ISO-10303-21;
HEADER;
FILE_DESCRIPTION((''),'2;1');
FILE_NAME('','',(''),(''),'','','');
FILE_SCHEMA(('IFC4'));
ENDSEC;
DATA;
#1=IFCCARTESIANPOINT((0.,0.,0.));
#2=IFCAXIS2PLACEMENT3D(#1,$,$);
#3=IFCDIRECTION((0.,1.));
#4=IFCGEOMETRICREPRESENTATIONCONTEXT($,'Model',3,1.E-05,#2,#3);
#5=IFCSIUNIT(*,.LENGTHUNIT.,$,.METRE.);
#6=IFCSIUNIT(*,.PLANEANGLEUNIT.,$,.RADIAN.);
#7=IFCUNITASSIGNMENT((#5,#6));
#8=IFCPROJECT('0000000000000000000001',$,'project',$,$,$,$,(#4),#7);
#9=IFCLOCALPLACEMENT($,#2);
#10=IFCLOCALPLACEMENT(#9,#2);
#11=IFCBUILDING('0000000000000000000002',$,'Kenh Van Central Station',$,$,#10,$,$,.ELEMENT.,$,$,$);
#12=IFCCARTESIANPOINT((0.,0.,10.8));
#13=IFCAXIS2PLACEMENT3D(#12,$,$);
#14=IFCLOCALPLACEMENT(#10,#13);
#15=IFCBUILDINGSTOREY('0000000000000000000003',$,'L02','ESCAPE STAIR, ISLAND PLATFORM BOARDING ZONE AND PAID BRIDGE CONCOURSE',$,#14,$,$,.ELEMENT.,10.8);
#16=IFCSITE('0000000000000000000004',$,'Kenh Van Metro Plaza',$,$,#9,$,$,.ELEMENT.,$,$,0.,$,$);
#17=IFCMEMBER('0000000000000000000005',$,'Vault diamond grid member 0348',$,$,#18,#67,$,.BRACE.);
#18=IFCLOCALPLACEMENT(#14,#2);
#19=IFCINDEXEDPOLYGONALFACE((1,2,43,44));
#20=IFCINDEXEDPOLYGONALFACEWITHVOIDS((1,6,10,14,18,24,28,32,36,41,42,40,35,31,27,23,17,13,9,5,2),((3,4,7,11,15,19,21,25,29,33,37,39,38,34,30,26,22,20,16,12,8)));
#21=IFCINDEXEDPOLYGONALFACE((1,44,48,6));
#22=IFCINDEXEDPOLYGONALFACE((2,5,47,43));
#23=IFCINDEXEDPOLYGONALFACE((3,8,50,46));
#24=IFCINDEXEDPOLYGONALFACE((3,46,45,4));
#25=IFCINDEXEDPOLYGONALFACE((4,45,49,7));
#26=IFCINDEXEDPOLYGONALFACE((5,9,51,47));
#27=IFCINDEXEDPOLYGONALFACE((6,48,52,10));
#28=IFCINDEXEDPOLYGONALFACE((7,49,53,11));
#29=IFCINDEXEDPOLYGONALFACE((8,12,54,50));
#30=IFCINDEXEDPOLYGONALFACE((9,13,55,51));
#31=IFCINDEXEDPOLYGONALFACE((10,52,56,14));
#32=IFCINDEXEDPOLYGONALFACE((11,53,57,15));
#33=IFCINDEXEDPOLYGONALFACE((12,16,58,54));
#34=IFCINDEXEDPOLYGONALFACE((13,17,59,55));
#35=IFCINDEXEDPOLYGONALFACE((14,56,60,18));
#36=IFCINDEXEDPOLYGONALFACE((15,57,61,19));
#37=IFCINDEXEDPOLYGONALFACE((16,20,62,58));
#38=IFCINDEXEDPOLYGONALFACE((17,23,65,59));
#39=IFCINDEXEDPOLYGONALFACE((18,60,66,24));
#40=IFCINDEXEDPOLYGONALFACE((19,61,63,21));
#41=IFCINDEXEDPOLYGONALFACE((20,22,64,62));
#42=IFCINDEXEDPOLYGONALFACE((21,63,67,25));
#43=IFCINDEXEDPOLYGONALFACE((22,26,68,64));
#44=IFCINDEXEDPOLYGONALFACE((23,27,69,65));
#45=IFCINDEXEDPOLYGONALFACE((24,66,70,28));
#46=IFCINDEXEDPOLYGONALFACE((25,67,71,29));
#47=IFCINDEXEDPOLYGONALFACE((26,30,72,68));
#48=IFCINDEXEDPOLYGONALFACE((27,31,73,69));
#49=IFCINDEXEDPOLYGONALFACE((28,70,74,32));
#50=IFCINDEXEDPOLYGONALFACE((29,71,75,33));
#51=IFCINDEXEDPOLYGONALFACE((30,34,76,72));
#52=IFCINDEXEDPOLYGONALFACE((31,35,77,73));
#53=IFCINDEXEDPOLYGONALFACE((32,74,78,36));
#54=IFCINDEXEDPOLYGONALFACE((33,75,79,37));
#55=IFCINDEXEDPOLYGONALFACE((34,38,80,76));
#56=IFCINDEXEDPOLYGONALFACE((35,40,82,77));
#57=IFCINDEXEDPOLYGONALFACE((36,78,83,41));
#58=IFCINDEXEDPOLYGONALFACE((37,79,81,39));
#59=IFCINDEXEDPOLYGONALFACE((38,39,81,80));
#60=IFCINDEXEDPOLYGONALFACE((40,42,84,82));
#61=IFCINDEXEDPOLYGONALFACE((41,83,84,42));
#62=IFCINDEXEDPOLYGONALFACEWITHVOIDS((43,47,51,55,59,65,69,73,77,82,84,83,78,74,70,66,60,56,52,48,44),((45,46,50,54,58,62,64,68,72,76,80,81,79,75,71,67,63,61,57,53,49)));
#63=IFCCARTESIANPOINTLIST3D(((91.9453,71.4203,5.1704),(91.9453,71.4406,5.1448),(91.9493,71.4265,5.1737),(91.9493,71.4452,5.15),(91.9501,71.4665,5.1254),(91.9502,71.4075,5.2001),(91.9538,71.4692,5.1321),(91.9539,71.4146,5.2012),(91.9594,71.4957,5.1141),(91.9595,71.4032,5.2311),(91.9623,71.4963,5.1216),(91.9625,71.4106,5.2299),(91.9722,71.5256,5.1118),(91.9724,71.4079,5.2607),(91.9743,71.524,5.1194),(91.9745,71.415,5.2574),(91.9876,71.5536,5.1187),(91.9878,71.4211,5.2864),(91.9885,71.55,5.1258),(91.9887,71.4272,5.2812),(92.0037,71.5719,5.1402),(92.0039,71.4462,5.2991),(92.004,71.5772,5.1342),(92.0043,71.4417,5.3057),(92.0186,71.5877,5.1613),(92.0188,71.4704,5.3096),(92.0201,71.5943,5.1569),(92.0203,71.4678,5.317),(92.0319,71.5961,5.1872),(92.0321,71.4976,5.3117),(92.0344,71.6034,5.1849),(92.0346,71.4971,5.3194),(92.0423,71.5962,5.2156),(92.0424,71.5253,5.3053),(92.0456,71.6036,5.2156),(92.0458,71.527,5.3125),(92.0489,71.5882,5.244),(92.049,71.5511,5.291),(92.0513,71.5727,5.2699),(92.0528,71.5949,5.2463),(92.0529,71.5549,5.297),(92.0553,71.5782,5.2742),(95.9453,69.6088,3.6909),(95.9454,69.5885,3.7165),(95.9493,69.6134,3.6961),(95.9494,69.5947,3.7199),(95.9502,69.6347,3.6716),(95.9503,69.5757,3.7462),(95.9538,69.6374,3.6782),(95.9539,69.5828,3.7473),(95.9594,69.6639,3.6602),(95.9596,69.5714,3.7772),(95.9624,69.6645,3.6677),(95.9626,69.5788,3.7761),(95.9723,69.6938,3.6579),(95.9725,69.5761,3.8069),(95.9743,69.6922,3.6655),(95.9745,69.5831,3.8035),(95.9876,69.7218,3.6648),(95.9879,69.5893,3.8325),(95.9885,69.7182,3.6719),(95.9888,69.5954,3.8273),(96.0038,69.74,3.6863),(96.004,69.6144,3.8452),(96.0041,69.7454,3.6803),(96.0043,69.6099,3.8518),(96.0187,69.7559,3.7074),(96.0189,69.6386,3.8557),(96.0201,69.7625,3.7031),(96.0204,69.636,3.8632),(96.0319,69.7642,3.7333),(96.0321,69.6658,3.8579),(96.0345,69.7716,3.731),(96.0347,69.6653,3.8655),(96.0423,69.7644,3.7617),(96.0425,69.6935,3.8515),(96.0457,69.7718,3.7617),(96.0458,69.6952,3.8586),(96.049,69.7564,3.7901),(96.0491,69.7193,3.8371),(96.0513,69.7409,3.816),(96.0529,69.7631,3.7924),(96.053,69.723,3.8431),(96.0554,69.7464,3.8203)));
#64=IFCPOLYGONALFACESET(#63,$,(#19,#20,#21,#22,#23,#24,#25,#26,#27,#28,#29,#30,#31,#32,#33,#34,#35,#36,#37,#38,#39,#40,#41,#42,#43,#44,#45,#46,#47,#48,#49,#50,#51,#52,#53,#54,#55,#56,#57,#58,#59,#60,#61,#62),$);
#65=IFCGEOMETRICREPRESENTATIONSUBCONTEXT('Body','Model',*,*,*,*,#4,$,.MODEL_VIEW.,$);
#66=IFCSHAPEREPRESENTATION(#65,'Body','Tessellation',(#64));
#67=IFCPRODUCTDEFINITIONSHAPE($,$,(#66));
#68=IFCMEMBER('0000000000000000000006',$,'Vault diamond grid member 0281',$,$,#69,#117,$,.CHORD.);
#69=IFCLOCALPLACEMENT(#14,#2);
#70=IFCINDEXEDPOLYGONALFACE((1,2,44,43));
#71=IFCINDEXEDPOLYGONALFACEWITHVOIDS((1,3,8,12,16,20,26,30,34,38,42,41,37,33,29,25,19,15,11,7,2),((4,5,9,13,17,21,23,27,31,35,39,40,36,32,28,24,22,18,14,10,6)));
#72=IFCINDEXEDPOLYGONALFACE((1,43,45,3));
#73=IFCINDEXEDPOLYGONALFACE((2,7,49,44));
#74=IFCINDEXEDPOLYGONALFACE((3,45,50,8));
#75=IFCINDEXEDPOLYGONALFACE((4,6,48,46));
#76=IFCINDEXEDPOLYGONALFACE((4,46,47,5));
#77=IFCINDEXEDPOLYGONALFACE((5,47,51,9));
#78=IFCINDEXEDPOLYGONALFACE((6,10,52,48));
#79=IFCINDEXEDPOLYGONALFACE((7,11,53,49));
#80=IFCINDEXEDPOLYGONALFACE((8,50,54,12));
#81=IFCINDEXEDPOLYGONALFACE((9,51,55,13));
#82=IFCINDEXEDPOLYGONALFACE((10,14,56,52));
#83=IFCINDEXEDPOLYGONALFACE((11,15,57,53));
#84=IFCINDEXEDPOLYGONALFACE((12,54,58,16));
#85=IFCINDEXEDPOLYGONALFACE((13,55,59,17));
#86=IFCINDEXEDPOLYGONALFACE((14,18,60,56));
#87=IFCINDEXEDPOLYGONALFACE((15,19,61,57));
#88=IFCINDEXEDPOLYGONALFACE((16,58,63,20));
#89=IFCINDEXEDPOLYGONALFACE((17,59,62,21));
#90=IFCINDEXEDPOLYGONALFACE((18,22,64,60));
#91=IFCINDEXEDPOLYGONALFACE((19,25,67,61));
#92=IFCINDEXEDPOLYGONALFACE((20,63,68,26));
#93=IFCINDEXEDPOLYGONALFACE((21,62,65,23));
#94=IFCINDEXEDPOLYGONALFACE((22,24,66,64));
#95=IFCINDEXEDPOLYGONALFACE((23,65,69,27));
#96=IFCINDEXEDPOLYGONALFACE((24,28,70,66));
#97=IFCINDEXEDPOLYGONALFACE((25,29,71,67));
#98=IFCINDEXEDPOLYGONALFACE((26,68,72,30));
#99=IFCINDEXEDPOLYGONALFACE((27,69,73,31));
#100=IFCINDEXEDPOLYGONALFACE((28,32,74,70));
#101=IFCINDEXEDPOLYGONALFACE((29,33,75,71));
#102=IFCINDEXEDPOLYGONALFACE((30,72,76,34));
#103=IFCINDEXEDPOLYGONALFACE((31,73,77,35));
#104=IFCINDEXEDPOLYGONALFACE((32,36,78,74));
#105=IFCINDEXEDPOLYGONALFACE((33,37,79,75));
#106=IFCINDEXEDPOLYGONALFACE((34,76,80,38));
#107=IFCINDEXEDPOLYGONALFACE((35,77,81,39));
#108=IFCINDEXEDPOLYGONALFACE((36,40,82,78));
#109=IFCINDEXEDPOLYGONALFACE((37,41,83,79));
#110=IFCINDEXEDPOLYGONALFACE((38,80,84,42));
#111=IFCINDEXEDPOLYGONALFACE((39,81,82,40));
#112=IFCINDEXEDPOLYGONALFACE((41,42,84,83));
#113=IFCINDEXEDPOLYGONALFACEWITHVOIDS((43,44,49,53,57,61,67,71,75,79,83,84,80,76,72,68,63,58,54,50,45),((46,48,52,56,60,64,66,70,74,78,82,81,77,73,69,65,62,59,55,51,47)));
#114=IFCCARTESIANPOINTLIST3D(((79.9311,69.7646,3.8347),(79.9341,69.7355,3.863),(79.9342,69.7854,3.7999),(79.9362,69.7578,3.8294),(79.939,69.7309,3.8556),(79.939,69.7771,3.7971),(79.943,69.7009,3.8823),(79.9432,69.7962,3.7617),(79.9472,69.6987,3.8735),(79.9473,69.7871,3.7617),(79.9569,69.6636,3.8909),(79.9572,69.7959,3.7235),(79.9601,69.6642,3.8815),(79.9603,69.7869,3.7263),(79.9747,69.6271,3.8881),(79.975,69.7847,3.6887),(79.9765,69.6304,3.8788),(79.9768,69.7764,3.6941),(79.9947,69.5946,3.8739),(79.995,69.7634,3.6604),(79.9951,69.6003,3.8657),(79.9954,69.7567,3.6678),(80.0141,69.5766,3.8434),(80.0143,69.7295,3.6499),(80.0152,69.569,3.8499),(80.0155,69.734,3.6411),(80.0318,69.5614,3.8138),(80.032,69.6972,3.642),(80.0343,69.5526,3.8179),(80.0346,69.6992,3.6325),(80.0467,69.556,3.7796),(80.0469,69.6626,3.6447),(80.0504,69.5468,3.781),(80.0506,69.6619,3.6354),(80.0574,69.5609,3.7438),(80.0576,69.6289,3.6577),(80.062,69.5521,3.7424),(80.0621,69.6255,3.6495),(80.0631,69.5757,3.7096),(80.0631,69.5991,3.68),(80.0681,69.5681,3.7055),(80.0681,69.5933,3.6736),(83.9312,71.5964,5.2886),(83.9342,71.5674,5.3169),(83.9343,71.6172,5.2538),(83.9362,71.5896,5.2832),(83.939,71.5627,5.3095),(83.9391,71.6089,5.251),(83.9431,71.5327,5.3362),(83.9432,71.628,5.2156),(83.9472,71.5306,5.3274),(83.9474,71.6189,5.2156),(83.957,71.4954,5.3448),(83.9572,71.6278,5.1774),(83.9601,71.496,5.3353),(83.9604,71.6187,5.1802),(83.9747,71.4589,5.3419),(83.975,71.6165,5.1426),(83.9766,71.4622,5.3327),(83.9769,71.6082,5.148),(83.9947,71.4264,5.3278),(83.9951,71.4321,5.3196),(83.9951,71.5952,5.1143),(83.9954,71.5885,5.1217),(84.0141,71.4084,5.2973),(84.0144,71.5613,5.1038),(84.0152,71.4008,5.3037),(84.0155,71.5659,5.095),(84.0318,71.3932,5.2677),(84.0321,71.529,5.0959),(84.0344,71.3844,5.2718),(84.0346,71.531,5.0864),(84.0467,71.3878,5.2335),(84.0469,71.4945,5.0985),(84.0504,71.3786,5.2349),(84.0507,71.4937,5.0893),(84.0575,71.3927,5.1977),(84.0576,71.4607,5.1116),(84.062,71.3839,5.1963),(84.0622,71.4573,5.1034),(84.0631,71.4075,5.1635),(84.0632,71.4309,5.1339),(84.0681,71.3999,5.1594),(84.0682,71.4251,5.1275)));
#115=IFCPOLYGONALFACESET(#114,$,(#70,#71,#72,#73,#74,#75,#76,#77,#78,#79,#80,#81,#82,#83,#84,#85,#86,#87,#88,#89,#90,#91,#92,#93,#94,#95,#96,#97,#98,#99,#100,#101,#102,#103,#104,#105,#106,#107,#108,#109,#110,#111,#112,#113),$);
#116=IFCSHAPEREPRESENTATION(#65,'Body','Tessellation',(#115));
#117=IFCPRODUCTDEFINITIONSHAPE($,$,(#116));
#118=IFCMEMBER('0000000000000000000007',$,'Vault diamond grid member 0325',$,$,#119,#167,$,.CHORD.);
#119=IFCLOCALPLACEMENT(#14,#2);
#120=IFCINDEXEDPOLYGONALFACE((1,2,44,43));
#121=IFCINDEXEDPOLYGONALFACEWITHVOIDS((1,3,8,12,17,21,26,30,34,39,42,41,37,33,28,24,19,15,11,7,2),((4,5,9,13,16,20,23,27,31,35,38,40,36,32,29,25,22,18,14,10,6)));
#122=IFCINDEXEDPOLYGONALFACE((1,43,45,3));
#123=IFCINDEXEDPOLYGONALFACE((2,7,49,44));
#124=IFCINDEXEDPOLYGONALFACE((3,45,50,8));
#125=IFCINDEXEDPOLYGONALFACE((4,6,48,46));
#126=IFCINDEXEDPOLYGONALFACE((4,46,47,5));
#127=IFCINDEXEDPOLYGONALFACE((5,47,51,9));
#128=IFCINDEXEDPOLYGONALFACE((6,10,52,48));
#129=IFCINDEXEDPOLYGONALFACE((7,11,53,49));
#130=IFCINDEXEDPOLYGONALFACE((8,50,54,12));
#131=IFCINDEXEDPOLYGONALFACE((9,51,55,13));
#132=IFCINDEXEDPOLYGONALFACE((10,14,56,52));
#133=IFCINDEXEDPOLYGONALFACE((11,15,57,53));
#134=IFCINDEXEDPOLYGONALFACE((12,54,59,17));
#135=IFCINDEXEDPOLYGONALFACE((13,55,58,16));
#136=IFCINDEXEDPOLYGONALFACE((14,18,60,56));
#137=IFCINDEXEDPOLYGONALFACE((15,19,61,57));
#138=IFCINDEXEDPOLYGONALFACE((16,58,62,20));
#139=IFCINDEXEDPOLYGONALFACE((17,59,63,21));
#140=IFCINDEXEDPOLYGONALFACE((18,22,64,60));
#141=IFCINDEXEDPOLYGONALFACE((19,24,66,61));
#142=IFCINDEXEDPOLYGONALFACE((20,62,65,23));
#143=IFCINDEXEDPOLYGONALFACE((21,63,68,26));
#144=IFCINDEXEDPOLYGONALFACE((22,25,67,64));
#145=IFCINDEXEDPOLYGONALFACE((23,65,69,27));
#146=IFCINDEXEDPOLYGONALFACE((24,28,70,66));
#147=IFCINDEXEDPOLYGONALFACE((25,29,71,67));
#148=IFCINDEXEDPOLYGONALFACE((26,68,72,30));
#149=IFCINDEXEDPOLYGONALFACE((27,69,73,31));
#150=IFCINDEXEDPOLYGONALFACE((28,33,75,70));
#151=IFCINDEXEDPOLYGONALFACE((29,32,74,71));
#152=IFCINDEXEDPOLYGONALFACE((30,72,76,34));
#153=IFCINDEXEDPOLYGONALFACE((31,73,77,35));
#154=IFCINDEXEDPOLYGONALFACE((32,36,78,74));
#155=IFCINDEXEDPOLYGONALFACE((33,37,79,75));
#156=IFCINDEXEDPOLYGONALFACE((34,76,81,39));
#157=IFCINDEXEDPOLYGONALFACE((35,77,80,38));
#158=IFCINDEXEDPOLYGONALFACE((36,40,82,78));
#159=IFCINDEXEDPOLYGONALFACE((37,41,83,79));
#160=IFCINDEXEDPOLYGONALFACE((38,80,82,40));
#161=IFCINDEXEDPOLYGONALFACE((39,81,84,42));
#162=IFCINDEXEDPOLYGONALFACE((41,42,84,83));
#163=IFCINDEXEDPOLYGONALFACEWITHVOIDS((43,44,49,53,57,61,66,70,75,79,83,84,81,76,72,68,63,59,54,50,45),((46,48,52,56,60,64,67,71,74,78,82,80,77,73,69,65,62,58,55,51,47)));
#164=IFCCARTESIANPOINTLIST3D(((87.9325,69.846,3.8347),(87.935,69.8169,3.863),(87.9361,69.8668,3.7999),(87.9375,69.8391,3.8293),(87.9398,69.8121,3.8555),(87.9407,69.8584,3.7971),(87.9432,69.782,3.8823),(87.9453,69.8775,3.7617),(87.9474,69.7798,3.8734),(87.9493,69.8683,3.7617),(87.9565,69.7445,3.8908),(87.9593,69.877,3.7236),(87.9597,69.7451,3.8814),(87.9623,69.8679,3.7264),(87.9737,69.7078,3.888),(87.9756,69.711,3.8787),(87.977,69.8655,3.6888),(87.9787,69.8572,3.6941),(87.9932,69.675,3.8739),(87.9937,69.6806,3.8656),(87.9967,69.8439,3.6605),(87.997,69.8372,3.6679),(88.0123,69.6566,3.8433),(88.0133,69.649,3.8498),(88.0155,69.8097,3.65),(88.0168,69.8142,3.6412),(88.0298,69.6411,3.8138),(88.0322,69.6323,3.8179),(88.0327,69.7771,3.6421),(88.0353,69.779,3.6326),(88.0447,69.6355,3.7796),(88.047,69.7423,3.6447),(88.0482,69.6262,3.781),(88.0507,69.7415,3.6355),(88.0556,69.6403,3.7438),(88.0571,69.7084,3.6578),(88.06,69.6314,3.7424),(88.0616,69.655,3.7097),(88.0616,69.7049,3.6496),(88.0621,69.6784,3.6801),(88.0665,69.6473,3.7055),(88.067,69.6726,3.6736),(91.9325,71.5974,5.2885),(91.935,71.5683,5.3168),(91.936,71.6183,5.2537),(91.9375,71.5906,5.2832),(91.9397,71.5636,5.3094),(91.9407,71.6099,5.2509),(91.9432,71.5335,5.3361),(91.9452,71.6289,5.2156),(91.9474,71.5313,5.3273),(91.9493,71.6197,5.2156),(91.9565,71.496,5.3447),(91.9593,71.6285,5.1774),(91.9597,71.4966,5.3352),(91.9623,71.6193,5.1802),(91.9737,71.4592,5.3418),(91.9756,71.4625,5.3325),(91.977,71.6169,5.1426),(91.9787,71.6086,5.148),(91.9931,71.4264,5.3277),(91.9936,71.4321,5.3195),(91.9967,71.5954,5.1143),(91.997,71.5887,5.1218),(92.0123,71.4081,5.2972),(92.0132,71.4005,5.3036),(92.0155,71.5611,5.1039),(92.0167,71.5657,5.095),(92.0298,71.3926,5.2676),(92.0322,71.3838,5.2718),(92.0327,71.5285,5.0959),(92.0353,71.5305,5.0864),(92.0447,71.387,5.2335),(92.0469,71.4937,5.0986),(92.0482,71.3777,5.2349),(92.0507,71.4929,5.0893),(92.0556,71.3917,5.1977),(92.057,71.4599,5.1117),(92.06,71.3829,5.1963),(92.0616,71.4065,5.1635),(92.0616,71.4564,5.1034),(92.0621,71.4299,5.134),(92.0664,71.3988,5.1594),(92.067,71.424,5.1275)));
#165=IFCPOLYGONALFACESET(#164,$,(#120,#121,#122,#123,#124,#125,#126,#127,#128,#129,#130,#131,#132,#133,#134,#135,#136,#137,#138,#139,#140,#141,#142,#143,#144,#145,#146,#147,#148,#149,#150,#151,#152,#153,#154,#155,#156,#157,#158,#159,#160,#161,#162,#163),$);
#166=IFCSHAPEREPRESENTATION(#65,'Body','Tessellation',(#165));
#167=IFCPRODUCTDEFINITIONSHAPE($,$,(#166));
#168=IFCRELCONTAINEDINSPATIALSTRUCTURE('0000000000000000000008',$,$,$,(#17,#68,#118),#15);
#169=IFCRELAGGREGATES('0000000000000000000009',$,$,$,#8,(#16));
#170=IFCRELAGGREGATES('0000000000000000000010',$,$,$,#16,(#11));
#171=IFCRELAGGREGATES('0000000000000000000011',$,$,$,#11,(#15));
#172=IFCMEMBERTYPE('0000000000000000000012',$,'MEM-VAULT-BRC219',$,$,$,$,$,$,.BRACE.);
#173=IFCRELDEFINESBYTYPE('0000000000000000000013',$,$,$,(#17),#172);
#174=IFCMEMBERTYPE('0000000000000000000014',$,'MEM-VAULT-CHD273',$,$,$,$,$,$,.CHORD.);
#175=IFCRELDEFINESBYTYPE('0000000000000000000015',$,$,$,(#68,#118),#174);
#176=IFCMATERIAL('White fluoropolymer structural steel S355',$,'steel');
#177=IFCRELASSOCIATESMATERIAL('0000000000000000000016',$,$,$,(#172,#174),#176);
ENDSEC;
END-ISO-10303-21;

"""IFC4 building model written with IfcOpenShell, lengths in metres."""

from ifc_helpers import new_model, si_unit, direction, frame, origin, origin_2d, place, context, subcontext, project, spatial, hollow_circle, extrude, material, material_profile, profile_set, type_object, element, save


model = new_model("IFC4")

# Units and contexts
model_context = context("Model", 3, precision=1e-05, world=origin(), true_north=direction((0.0, 1.0)))
body_context = subcontext(model_context, "Body", "Model", "MODEL_VIEW")
ifc_project = project(units=[si_unit("LENGTHUNIT", "METRE"), si_unit("PLANEANGLEUNIT", "RADIAN")], contexts=[model_context])

# Site, building, storey
site_placement = place(None, origin())
site = spatial("IfcSite", under=ifc_project, at=site_placement, Name="Kenh Van Metro Plaza", CompositionType="ELEMENT", RefElevation=0.0)
building_placement = place(site_placement, origin())
building = spatial("IfcBuilding", under=site, at=building_placement, Name="Kenh Van Central Station", CompositionType="ELEMENT")
storey_placement = place(building_placement, frame((0.0, 0.0, 10.8)))
storey = spatial("IfcBuildingStorey", under=building, at=storey_placement, Name="L02", Description="ESCAPE STAIR, ISLAND PLATFORM BOARDING ZONE AND PAID BRIDGE CONCOURSE", CompositionType="ELEMENT", Elevation=10.8)

# Shared definitions
ifc_material_1 = material(Name="White fluoropolymer structural steel S355", Category="steel")

# Members
ifc_material_profile_1 = material_profile(ifc_material_1, hollow_circle(Radius=0.1096, WallThickness=0.0081, at=origin_2d()), Name="CHS 219.1x8")
ifc_profile_set_1 = profile_set([ifc_material_profile_1], Name="White fluoropolymer structural steel S355")
member_type_1 = type_object("IfcMemberType", Name="MEM-VAULT-BRC219", PredefinedType="BRACE", material=ifc_profile_set_1)
member_1_placement = place(storey_placement, frame((92.0, 71.5039, 5.2156), z_axis=(0.863282, -0.395337, -0.313772), x_axis=(0.416364, 0.909198, 0.0)))
element("IfcMember", 1, at=member_1_placement, inside=storey, type_object=member_type_1, Name="Vault diamond grid member 0348", PredefinedType="BRACE", context=body_context, shape_type="SweptSolid", body=[
    extrude(hollow_circle(Radius=0.1096, WallThickness=0.0081, at=origin_2d()), origin(), (0.0, 0.0, 1.0), 4.6335),
])
ifc_material_profile_2 = material_profile(ifc_material_1, hollow_circle(Radius=0.1365, WallThickness=0.01, at=origin_2d()), Name="CHS 273x10")
ifc_profile_set_2 = profile_set([ifc_material_profile_2], Name="White fluoropolymer structural steel S355")
member_type_2 = type_object("IfcMemberType", Name="MEM-VAULT-CHD273", PredefinedType="CHORD", material=ifc_profile_set_2)
member_2_placement = place(storey_placement, frame((80.0, 69.6721, 3.7617), z_axis=(0.863282, 0.395337, 0.313772), x_axis=(-0.416364, 0.909198, 0.0)))
element("IfcMember", 2, at=member_2_placement, inside=storey, type_object=member_type_2, Name="Vault diamond grid member 0281", PredefinedType="CHORD", context=body_context, shape_type="SweptSolid", body=[
    extrude(hollow_circle(Radius=0.1365, WallThickness=0.01, at=origin_2d()), origin(), (0.0, 0.0, 1.0), 4.6335),
])
member_3_placement = place(storey_placement, frame((88.0, 69.7524, 3.7617), z_axis=(0.869127, 0.380561, 0.315897), x_axis=(-0.4011, 0.916034, 0.0)))
element("IfcMember", 3, at=member_3_placement, inside=storey, type_object=member_type_2, Name="Vault diamond grid member 0325", PredefinedType="CHORD", context=body_context, shape_type="SweptSolid", body=[
    extrude(hollow_circle(Radius=0.1365, WallThickness=0.01, at=origin_2d()), origin(), (0.0, 0.0, 1.0), 4.6023),
])

save(model, "model.ifc")
